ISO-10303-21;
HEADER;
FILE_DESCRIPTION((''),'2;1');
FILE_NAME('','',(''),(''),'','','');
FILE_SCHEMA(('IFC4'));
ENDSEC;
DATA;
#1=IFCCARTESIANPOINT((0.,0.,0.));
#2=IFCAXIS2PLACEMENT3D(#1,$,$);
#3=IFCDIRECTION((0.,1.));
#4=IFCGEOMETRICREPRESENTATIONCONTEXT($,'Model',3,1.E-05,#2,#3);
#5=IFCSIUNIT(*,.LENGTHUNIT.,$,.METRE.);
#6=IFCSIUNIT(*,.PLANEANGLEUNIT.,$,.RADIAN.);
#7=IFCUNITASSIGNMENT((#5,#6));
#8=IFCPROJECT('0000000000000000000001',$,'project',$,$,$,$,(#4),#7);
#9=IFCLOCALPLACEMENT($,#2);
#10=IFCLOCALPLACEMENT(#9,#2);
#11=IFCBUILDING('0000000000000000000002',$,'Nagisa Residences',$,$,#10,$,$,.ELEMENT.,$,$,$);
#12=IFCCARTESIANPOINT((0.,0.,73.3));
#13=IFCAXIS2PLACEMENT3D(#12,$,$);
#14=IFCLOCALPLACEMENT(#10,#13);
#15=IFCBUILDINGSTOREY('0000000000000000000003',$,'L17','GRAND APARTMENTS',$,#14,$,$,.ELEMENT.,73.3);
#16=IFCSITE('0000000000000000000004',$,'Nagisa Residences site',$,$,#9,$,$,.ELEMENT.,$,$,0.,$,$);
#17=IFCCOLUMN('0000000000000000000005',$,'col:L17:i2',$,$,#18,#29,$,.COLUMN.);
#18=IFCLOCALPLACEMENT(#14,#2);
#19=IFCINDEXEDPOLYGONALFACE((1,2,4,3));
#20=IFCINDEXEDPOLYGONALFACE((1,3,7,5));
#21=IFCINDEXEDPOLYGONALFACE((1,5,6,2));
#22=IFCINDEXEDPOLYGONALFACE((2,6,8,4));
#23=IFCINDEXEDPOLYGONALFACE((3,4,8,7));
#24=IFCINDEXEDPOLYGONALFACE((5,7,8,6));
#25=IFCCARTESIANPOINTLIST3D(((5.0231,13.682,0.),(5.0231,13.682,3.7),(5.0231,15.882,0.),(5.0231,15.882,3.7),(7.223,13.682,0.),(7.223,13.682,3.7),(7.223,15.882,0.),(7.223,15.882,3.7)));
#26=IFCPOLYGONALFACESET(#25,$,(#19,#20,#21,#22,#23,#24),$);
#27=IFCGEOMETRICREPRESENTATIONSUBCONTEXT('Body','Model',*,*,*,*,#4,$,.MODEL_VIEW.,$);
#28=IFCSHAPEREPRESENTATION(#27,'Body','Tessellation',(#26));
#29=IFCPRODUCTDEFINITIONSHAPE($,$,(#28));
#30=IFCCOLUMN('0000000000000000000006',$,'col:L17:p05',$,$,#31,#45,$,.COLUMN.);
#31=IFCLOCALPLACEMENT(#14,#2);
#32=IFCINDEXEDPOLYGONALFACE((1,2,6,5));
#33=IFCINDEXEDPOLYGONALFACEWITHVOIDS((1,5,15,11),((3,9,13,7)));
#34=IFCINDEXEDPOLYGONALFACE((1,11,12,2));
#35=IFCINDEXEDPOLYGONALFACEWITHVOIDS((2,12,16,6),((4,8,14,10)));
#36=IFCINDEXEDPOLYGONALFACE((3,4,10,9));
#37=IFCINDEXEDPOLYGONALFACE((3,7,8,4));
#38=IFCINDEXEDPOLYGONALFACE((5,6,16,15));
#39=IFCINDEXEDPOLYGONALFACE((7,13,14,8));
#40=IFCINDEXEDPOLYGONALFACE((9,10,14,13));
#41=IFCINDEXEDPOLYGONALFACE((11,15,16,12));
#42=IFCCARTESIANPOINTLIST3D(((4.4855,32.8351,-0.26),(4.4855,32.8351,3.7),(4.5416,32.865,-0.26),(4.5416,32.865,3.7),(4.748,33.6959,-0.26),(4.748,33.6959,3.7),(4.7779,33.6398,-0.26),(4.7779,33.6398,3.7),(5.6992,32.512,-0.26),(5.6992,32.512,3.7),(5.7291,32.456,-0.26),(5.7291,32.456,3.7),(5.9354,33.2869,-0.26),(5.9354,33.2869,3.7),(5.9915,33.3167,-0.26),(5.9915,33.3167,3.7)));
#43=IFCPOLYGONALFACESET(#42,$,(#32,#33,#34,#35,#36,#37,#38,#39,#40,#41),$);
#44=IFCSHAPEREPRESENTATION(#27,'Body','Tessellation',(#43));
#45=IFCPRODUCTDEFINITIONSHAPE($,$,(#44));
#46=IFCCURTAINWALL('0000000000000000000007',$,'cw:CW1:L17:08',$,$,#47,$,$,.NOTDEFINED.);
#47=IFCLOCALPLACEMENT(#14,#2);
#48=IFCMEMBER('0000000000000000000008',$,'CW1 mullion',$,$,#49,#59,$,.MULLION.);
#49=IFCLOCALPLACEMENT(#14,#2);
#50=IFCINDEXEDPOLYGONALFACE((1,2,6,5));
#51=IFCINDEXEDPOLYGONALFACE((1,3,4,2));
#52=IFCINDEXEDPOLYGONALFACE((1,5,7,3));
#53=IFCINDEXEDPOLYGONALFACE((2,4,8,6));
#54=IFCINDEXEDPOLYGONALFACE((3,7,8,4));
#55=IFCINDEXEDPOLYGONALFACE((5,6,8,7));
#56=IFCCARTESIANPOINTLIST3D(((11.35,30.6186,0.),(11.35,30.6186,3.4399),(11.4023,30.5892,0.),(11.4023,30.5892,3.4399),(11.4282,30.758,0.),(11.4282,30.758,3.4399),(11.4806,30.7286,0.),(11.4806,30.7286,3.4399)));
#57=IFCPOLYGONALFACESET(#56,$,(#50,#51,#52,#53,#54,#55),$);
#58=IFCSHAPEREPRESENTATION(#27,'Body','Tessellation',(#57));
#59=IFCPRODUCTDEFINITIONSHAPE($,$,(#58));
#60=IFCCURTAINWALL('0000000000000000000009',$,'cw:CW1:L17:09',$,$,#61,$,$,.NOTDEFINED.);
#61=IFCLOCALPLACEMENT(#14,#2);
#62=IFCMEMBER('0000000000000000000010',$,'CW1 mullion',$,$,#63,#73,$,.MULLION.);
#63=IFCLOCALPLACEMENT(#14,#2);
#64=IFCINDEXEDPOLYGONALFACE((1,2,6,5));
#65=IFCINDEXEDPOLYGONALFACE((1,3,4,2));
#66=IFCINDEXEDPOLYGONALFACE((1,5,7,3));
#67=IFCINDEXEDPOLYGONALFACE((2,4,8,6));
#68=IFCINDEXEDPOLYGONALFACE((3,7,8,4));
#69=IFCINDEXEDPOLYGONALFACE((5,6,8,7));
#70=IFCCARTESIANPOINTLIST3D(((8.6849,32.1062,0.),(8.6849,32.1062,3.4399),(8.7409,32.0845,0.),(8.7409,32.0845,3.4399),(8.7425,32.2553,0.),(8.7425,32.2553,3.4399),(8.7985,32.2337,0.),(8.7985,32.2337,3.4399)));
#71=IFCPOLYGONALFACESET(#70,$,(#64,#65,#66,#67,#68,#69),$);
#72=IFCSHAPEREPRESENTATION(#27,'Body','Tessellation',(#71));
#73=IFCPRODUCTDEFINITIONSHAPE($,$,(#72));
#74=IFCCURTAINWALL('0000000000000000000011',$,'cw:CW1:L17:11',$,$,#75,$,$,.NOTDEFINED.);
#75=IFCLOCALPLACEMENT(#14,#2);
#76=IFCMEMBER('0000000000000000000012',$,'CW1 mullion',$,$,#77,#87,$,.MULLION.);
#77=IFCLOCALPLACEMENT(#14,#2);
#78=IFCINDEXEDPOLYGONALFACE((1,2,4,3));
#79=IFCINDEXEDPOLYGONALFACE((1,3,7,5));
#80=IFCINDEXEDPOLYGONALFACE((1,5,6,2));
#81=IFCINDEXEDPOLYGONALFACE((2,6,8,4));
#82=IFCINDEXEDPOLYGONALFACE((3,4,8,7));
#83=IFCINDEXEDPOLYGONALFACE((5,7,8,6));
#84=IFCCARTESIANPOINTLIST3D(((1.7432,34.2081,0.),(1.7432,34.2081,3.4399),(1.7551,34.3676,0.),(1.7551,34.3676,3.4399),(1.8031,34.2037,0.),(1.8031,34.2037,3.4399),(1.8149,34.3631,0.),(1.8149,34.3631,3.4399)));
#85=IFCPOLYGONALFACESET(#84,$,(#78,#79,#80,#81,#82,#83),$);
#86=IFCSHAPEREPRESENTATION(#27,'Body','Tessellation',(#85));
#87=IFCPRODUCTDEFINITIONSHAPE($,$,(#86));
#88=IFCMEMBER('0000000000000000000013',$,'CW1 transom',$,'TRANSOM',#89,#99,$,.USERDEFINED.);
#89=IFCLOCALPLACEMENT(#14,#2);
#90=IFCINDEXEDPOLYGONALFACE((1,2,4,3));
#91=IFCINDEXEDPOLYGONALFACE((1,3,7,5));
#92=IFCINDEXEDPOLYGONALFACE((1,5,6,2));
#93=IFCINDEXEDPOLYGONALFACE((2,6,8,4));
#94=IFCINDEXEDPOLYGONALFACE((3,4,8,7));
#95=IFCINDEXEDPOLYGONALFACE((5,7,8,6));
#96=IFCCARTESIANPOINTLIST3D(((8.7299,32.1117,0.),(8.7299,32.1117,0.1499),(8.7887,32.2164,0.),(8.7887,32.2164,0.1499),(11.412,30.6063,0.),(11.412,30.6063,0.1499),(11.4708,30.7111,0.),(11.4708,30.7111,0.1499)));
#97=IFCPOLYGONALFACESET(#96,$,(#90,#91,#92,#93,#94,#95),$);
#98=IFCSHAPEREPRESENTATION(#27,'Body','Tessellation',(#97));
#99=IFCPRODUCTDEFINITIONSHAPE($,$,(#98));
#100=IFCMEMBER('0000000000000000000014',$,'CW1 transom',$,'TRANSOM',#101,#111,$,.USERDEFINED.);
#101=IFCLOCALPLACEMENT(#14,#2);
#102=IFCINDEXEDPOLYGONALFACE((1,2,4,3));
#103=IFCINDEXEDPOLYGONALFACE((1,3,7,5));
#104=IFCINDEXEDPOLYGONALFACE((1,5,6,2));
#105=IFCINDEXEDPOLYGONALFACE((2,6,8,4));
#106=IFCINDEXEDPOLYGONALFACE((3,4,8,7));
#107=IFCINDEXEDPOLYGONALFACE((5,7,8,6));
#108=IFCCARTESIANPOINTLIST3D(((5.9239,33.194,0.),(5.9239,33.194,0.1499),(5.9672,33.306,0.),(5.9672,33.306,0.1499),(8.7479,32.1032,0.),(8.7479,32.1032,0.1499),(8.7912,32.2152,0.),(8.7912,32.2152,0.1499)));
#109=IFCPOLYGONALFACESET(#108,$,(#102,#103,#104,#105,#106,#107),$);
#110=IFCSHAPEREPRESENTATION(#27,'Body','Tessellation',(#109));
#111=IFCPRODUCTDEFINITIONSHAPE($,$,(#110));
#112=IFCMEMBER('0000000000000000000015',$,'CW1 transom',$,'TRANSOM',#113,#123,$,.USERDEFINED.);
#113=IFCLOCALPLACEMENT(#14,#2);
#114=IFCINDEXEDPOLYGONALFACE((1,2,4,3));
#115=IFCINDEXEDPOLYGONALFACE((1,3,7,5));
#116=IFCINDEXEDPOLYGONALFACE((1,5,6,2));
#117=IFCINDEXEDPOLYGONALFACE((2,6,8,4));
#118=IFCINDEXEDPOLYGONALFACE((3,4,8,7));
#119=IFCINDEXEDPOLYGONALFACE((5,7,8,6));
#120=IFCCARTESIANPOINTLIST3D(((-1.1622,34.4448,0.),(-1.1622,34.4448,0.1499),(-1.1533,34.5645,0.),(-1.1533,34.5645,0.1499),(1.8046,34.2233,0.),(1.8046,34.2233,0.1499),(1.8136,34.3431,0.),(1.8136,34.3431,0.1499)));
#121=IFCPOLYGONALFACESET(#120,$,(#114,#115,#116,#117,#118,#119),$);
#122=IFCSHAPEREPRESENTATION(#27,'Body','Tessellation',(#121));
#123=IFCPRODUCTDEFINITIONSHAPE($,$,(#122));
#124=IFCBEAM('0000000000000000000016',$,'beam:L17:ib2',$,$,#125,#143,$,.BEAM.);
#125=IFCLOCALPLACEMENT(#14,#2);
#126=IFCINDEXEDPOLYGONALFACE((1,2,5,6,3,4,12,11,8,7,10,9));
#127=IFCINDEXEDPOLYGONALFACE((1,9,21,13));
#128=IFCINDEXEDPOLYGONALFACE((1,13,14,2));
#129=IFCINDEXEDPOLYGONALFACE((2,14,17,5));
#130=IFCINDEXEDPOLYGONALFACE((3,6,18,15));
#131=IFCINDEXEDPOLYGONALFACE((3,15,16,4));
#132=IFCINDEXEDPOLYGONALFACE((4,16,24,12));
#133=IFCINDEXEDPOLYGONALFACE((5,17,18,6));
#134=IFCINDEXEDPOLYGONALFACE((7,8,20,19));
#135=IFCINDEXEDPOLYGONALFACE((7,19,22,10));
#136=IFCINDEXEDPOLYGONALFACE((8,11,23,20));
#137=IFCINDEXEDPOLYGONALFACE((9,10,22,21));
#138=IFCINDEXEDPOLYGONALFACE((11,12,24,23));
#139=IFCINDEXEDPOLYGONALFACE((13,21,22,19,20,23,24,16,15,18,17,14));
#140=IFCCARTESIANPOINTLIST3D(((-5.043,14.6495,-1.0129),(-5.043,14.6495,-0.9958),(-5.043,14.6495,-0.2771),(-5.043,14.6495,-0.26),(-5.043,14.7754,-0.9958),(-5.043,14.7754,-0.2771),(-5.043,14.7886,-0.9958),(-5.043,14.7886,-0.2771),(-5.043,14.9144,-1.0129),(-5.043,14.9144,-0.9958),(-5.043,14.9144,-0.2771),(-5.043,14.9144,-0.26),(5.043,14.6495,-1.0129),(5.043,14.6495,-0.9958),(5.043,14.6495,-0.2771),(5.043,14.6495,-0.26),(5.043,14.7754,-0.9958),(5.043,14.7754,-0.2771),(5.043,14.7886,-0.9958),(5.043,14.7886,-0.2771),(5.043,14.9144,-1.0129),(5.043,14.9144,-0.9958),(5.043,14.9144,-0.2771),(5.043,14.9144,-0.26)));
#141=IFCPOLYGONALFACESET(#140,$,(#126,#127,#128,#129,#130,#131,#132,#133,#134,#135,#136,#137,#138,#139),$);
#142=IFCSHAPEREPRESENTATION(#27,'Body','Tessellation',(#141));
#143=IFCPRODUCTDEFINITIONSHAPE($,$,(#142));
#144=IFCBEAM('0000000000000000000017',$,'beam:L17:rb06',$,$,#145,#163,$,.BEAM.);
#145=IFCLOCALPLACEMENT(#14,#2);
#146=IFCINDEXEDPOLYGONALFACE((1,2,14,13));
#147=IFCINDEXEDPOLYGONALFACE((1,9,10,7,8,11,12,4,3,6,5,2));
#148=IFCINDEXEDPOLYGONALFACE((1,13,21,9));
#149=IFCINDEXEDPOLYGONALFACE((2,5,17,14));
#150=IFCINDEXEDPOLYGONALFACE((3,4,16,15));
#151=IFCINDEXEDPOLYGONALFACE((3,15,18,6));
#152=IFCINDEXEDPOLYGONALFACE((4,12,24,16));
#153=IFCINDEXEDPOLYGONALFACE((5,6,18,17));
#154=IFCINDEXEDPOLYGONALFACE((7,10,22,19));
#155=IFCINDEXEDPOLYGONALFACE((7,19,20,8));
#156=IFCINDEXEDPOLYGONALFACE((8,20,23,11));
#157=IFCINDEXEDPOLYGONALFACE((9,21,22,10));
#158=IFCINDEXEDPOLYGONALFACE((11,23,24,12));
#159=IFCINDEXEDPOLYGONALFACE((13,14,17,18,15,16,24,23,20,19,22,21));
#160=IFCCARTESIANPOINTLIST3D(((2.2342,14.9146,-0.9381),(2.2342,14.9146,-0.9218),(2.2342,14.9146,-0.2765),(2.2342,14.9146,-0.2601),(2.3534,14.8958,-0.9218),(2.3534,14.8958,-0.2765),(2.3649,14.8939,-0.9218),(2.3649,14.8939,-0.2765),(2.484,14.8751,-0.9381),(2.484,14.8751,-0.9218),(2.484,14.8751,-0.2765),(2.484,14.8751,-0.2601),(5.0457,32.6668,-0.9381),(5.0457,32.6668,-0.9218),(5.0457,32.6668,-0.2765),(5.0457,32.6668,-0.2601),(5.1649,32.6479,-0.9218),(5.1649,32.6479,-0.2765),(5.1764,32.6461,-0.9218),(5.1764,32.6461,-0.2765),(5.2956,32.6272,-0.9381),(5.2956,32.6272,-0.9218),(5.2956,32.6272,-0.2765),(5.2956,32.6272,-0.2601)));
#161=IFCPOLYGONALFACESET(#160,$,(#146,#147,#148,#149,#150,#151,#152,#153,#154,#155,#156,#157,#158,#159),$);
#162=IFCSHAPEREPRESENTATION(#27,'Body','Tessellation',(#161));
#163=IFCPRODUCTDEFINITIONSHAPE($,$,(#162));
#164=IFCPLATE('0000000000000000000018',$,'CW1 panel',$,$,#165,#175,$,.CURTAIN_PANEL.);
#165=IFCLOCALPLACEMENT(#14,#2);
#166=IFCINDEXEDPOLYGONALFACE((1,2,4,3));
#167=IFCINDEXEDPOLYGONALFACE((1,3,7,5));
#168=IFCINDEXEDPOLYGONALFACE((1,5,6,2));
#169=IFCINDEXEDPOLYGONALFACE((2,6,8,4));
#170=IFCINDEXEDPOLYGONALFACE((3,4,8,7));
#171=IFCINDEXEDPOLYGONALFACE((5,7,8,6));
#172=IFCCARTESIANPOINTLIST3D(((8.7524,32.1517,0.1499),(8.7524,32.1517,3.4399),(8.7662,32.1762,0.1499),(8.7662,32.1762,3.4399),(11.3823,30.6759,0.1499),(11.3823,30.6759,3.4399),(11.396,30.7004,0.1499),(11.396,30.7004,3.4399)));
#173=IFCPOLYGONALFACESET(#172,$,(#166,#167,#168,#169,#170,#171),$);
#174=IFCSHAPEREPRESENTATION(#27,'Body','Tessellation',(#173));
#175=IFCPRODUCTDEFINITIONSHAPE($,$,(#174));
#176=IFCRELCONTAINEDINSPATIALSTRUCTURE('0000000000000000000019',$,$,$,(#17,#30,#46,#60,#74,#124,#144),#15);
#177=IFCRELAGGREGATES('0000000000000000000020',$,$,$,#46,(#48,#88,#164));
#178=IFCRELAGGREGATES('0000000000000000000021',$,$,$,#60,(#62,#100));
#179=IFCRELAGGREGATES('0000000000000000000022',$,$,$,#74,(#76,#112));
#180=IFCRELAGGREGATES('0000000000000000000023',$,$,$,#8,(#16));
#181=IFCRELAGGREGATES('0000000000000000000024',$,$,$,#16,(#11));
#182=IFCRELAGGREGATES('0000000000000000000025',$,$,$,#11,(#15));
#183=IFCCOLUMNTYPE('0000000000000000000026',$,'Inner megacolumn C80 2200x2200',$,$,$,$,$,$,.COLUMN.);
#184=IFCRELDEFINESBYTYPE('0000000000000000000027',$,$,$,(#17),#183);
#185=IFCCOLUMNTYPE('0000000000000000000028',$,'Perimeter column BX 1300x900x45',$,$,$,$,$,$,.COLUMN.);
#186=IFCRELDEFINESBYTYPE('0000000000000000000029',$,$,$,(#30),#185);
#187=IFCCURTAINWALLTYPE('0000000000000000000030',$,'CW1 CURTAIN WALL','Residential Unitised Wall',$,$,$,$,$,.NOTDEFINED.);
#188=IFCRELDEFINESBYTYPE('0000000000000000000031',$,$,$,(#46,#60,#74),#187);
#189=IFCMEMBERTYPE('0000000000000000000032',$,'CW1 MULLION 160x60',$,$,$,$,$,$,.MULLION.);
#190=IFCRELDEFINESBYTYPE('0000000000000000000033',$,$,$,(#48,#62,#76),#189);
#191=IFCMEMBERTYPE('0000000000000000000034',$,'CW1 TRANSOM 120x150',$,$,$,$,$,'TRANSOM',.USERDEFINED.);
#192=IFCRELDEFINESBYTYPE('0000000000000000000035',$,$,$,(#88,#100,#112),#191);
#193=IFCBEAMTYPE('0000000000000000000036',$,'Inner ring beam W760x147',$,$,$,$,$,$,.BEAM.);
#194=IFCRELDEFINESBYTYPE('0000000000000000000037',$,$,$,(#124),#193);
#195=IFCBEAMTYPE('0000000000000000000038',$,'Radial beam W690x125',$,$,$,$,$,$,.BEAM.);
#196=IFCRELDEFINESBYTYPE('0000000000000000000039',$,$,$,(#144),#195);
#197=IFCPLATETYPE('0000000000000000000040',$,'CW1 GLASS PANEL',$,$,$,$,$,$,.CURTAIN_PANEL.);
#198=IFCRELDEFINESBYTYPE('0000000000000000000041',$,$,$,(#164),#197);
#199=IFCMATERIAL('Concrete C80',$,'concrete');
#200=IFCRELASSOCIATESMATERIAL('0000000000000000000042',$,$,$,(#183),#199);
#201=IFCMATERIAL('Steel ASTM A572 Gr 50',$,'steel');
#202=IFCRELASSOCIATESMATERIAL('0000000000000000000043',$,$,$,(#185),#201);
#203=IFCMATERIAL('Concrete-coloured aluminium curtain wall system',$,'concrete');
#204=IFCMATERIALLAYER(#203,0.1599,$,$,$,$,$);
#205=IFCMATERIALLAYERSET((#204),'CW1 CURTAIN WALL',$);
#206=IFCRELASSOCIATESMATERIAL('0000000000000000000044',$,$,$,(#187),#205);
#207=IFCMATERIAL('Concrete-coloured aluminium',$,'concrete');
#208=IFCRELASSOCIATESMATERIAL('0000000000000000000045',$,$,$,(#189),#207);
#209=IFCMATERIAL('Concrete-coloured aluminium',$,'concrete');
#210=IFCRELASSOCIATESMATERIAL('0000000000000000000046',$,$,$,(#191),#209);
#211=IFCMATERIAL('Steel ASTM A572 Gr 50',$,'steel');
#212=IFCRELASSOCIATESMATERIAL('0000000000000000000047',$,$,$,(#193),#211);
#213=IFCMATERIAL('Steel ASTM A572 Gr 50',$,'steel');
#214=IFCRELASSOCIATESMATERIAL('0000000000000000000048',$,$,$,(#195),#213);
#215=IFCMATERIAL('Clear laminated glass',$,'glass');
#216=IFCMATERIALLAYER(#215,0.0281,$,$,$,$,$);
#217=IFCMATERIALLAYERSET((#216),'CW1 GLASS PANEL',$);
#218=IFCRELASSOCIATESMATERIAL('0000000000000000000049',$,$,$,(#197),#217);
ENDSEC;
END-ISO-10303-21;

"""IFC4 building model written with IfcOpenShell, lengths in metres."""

from ifc_helpers import new_model, si_unit, direction, frame, origin, origin_2d, place, context, subcontext, project, spatial, rectangle, hollow_rectangle, i_section, extrude, material, layer, layer_set, material_profile, profile_set, type_object, element, aggregate, save


model = new_model("IFC4")

# Units and contexts
model_context = context("Model", 3, precision=1e-05, world=origin(), true_north=direction((0.0, 1.0)))
body_context = subcontext(model_context, "Body", "Model", "MODEL_VIEW")
ifc_project = project(units=[si_unit("LENGTHUNIT", "METRE"), si_unit("PLANEANGLEUNIT", "RADIAN")], contexts=[model_context])

# Site, building, storey
site_placement = place(None, origin())
site = spatial("IfcSite", under=ifc_project, at=site_placement, Name="Nagisa Residences site", CompositionType="ELEMENT", RefElevation=0.0)
building_placement = place(site_placement, origin())
building = spatial("IfcBuilding", under=site, at=building_placement, Name="Nagisa Residences", CompositionType="ELEMENT")
storey_placement = place(building_placement, frame((0.0, 0.0, 73.3)))
storey = spatial("IfcBuildingStorey", under=building, at=storey_placement, Name="L17", Description="GRAND APARTMENTS", CompositionType="ELEMENT", Elevation=73.3)

# Columns
ifc_material_1 = material(Name="Concrete C80", Category="concrete")
ifc_material_profile_1 = material_profile(ifc_material_1, rectangle(XDim=2.2, YDim=2.2, at=origin_2d()), Name="C80 2200x2200")
ifc_profile_set_1 = profile_set([ifc_material_profile_1], Name="Concrete C80")
column_type_1 = type_object("IfcColumnType", Name="Inner megacolumn C80 2200x2200", PredefinedType="COLUMN", material=ifc_profile_set_1)
column_1_placement = place(storey_placement, frame((6.123, 14.782, 0.0), z_axis=(0.0, 0.0, 1.0), x_axis=(1.0, 0.0, 0.0)))
element("IfcColumn", 1, at=column_1_placement, inside=storey, type_object=column_type_1, Name="col:L17:i2", PredefinedType="COLUMN", context=body_context, shape_type="SweptSolid", body=[
    extrude(rectangle(XDim=2.2, YDim=2.2, at=origin_2d()), origin(), (0.0, 0.0, 1.0), 3.7),
])
ifc_material_2 = material(Name="Steel ASTM A572 Gr 50", Category="steel")
ifc_material_profile_2 = material_profile(ifc_material_2, hollow_rectangle(XDim=1.3, YDim=0.8999, WallThickness=0.0449, at=origin_2d()), Name="BX 1300x900x45")
ifc_profile_set_2 = profile_set([ifc_material_profile_2], Name="Steel ASTM A572 Gr 50")
column_type_2 = type_object("IfcColumnType", Name="Perimeter column BX 1300x900x45", PredefinedType="COLUMN", material=ifc_profile_set_2)
column_2_placement = place(storey_placement, frame((5.2385, 33.0759, -0.26), z_axis=(0.0, 0.0, 1.0), x_axis=(-0.956525, 0.291652, 0.0)))
element("IfcColumn", 2, at=column_2_placement, inside=storey, type_object=column_type_2, Name="col:L17:p05", PredefinedType="COLUMN", context=body_context, shape_type="SweptSolid", body=[
    extrude(hollow_rectangle(XDim=1.3, YDim=0.8999, WallThickness=0.0449, at=origin_2d()), origin(), (0.0, 0.0, 1.0), 3.96),
])

# Curtain walls, members
ifc_material_3 = material(Name="Concrete-coloured aluminium curtain wall system", Category="concrete")
ifc_layer_1 = layer(ifc_material_3, 0.1599)
ifc_layer_set_1 = layer_set([ifc_layer_1], Name="CW1 CURTAIN WALL")
curtain_wall_type = type_object("IfcCurtainWallType", Name="CW1 CURTAIN WALL", Description="Residential Unitised Wall", PredefinedType="NOTDEFINED", material=ifc_layer_set_1)
curtain_wall_1_placement = place(storey_placement, origin())
curtain_wall_1 = element("IfcCurtainWall", 3, at=curtain_wall_1_placement, inside=storey, type_object=curtain_wall_type, Name="cw:CW1:L17:08", PredefinedType="NOTDEFINED")
ifc_material_4 = material(Name="Concrete-coloured aluminium", Category="concrete")
ifc_material_profile_3 = material_profile(ifc_material_4, rectangle(XDim=0.1599, YDim=0.0601, at=origin_2d()), Name="CW1 MULLION 160x60")
ifc_profile_set_3 = profile_set([ifc_material_profile_3], Name="Concrete-coloured aluminium")
member_type_1 = type_object("IfcMemberType", Name="CW1 MULLION 160x60", PredefinedType="MULLION", material=ifc_profile_set_3)
member_1_placement = place(storey_placement, frame((11.4153, 30.6736, 0.0), z_axis=(0.0, 0.0, 1.0), x_axis=(-0.489377, -0.872072, 0.0)))
member_1 = element("IfcMember", 4, at=member_1_placement, type_object=member_type_1, Name="CW1 mullion", PredefinedType="MULLION", context=body_context, shape_type="SweptSolid", body=[
    extrude(rectangle(XDim=0.1599, YDim=0.0601, at=origin_2d()), origin(), (0.0, 0.0, 1.0), 3.4399),
])
curtain_wall_2_placement = place(storey_placement, origin())
curtain_wall_2 = element("IfcCurtainWall", 5, at=curtain_wall_2_placement, inside=storey, type_object=curtain_wall_type, Name="cw:CW1:L17:09", PredefinedType="NOTDEFINED")
member_2_placement = place(storey_placement, frame((8.7417, 32.1699, 0.0), z_axis=(0.0, 0.0, 1.0), x_axis=(-0.360328, -0.932826, 0.0)))
member_2 = element("IfcMember", 6, at=member_2_placement, type_object=member_type_1, Name="CW1 mullion", PredefinedType="MULLION", context=body_context, shape_type="SweptSolid", body=[
    extrude(rectangle(XDim=0.1599, YDim=0.0601, at=origin_2d()), origin(), (0.0, 0.0, 1.0), 3.4399),
])
curtain_wall_3_placement = place(storey_placement, origin())
curtain_wall_3 = element("IfcCurtainWall", 7, at=curtain_wall_3_placement, inside=storey, type_object=curtain_wall_type, Name="cw:CW1:L17:11", PredefinedType="NOTDEFINED")
member_3_placement = place(storey_placement, frame((1.7791, 34.2856, 0.0), z_axis=(0.0, 0.0, 1.0), x_axis=(-0.074377, -0.99723, 0.0)))
member_3 = element("IfcMember", 8, at=member_3_placement, type_object=member_type_1, Name="CW1 mullion", PredefinedType="MULLION", context=body_context, shape_type="SweptSolid", body=[
    extrude(rectangle(XDim=0.1599, YDim=0.0601, at=origin_2d()), origin(), (0.0, 0.0, 1.0), 3.4399),
])

# Members
ifc_material_5 = material(Name="Concrete-coloured aluminium", Category="concrete")
ifc_material_profile_4 = material_profile(ifc_material_5, rectangle(XDim=0.1201, YDim=0.1499, at=origin_2d()), Name="CW1 TRANSOM 120x150")
ifc_profile_set_4 = profile_set([ifc_material_profile_4], Name="Concrete-coloured aluminium")
member_type_2 = type_object("IfcMemberType", Name="CW1 TRANSOM 120x150", ElementType="TRANSOM", PredefinedType="USERDEFINED", material=ifc_profile_set_4)
member_4_placement = place(storey_placement, frame((11.4414, 30.6587, 0.075), z_axis=(-0.872037, 0.489439, 0.0), x_axis=(-0.489439, -0.872037, 0.0)))
member_4 = element("IfcMember", 9, at=member_4_placement, type_object=member_type_2, Name="CW1 transom", ObjectType="TRANSOM", PredefinedType="USERDEFINED", context=body_context, shape_type="SweptSolid", body=[
    extrude(rectangle(XDim=0.1201, YDim=0.1499, at=origin_2d()), origin(), (0.0, 0.0, 1.0), 3.0757),
])
member_5_placement = place(storey_placement, frame((8.7695, 32.1592, 0.075), z_axis=(-0.932827, 0.360324, 0.0), x_axis=(-0.360324, -0.932827, 0.0)))
member_5 = element("IfcMember", 10, at=member_5_placement, type_object=member_type_2, Name="CW1 transom", ObjectType="TRANSOM", PredefinedType="USERDEFINED", context=body_context, shape_type="SweptSolid", body=[
    extrude(rectangle(XDim=0.1201, YDim=0.1499, at=origin_2d()), origin(), (0.0, 0.0, 1.0), 3.0273),
])
member_6_placement = place(storey_placement, frame((1.8091, 34.2832, 0.075), z_axis=(-0.997226, 0.074431, 0.0), x_axis=(-0.074431, -0.997226, 0.0)))
member_6 = element("IfcMember", 11, at=member_6_placement, type_object=member_type_2, Name="CW1 transom", ObjectType="TRANSOM", PredefinedType="USERDEFINED", context=body_context, shape_type="SweptSolid", body=[
    extrude(rectangle(XDim=0.1201, YDim=0.1499, at=origin_2d()), origin(), (0.0, 0.0, 1.0), 2.9751),
])

# Beams
ifc_material_6 = material(Name="Steel ASTM A572 Gr 50", Category="steel")
ifc_material_profile_5 = material_profile(ifc_material_6, i_section(OverallWidth=0.2649, OverallDepth=0.7529, WebThickness=0.0132, FlangeThickness=0.0171, at=origin_2d()), Name="W760x147")
ifc_profile_set_5 = profile_set([ifc_material_profile_5], Name="Steel ASTM A572 Gr 50")
beam_type_1 = type_object("IfcBeamType", Name="Inner ring beam W760x147", PredefinedType="BEAM", material=ifc_profile_set_5)
beam_1_placement = place(storey_placement, frame((5.043, 14.782, -0.6365), z_axis=(-1.0, 0.0, 0.0), x_axis=(0.0, -1.0, 0.0)))
element("IfcBeam", 12, at=beam_1_placement, inside=storey, type_object=beam_type_1, Name="beam:L17:ib2", PredefinedType="BEAM", context=body_context, shape_type="SweptSolid", body=[
    extrude(i_section(OverallWidth=0.2649, OverallDepth=0.7529, WebThickness=0.0132, FlangeThickness=0.0171, at=origin_2d()), origin(), (0.0, 0.0, 1.0), 10.0859),
])
ifc_material_7 = material(Name="Steel ASTM A572 Gr 50", Category="steel")
ifc_material_profile_6 = material_profile(ifc_material_7, i_section(OverallWidth=0.2529, OverallDepth=0.678, WebThickness=0.0117, FlangeThickness=0.0164, at=origin_2d()), Name="W690x125")
ifc_profile_set_6 = profile_set([ifc_material_profile_6], Name="Steel ASTM A572 Gr 50")
beam_type_2 = type_object("IfcBeamType", Name="Radial beam W690x125", PredefinedType="BEAM", material=ifc_profile_set_6)
beam_2_placement = place(storey_placement, frame((5.1707, 32.647, -0.5991), z_axis=(-0.156426, -0.98769, 0.0), x_axis=(0.98769, -0.156426, 0.0)))
element("IfcBeam", 13, at=beam_2_placement, inside=storey, type_object=beam_type_2, Name="beam:L17:rb06", PredefinedType="BEAM", context=body_context, shape_type="SweptSolid", body=[
    extrude(i_section(OverallWidth=0.2529, OverallDepth=0.678, WebThickness=0.0117, FlangeThickness=0.0164, at=origin_2d()), origin(), (0.0, 0.0, 1.0), 17.9734),
])

# Plate
ifc_material_8 = material(Name="Clear laminated glass", Category="glass")
ifc_layer_2 = layer(ifc_material_8, 0.0281)
ifc_layer_set_2 = layer_set([ifc_layer_2], Name="CW1 GLASS PANEL")
plate_type = type_object("IfcPlateType", Name="CW1 GLASS PANEL", PredefinedType="CURTAIN_PANEL", material=ifc_layer_set_2)
plate_1_placement = place(storey_placement, frame((10.0742, 31.426, 0.1499), z_axis=(0.0, 0.0, 1.0), x_axis=(-0.872072, 0.489377, 0.0)))
plate_1 = element("IfcPlate", 14, at=plate_1_placement, type_object=plate_type, Name="CW1 panel", PredefinedType="CURTAIN_PANEL", context=body_context, shape_type="SweptSolid", body=[
    extrude(rectangle(XDim=3.0156, YDim=0.0281, at=origin_2d()), origin(), (0.0, 0.0, 1.0), 3.29),
])
aggregate(curtain_wall_1, [member_1, member_4, plate_1])
aggregate(curtain_wall_2, [member_2, member_5])
aggregate(curtain_wall_3, [member_3, member_6])

save(model, "model.ifc")
